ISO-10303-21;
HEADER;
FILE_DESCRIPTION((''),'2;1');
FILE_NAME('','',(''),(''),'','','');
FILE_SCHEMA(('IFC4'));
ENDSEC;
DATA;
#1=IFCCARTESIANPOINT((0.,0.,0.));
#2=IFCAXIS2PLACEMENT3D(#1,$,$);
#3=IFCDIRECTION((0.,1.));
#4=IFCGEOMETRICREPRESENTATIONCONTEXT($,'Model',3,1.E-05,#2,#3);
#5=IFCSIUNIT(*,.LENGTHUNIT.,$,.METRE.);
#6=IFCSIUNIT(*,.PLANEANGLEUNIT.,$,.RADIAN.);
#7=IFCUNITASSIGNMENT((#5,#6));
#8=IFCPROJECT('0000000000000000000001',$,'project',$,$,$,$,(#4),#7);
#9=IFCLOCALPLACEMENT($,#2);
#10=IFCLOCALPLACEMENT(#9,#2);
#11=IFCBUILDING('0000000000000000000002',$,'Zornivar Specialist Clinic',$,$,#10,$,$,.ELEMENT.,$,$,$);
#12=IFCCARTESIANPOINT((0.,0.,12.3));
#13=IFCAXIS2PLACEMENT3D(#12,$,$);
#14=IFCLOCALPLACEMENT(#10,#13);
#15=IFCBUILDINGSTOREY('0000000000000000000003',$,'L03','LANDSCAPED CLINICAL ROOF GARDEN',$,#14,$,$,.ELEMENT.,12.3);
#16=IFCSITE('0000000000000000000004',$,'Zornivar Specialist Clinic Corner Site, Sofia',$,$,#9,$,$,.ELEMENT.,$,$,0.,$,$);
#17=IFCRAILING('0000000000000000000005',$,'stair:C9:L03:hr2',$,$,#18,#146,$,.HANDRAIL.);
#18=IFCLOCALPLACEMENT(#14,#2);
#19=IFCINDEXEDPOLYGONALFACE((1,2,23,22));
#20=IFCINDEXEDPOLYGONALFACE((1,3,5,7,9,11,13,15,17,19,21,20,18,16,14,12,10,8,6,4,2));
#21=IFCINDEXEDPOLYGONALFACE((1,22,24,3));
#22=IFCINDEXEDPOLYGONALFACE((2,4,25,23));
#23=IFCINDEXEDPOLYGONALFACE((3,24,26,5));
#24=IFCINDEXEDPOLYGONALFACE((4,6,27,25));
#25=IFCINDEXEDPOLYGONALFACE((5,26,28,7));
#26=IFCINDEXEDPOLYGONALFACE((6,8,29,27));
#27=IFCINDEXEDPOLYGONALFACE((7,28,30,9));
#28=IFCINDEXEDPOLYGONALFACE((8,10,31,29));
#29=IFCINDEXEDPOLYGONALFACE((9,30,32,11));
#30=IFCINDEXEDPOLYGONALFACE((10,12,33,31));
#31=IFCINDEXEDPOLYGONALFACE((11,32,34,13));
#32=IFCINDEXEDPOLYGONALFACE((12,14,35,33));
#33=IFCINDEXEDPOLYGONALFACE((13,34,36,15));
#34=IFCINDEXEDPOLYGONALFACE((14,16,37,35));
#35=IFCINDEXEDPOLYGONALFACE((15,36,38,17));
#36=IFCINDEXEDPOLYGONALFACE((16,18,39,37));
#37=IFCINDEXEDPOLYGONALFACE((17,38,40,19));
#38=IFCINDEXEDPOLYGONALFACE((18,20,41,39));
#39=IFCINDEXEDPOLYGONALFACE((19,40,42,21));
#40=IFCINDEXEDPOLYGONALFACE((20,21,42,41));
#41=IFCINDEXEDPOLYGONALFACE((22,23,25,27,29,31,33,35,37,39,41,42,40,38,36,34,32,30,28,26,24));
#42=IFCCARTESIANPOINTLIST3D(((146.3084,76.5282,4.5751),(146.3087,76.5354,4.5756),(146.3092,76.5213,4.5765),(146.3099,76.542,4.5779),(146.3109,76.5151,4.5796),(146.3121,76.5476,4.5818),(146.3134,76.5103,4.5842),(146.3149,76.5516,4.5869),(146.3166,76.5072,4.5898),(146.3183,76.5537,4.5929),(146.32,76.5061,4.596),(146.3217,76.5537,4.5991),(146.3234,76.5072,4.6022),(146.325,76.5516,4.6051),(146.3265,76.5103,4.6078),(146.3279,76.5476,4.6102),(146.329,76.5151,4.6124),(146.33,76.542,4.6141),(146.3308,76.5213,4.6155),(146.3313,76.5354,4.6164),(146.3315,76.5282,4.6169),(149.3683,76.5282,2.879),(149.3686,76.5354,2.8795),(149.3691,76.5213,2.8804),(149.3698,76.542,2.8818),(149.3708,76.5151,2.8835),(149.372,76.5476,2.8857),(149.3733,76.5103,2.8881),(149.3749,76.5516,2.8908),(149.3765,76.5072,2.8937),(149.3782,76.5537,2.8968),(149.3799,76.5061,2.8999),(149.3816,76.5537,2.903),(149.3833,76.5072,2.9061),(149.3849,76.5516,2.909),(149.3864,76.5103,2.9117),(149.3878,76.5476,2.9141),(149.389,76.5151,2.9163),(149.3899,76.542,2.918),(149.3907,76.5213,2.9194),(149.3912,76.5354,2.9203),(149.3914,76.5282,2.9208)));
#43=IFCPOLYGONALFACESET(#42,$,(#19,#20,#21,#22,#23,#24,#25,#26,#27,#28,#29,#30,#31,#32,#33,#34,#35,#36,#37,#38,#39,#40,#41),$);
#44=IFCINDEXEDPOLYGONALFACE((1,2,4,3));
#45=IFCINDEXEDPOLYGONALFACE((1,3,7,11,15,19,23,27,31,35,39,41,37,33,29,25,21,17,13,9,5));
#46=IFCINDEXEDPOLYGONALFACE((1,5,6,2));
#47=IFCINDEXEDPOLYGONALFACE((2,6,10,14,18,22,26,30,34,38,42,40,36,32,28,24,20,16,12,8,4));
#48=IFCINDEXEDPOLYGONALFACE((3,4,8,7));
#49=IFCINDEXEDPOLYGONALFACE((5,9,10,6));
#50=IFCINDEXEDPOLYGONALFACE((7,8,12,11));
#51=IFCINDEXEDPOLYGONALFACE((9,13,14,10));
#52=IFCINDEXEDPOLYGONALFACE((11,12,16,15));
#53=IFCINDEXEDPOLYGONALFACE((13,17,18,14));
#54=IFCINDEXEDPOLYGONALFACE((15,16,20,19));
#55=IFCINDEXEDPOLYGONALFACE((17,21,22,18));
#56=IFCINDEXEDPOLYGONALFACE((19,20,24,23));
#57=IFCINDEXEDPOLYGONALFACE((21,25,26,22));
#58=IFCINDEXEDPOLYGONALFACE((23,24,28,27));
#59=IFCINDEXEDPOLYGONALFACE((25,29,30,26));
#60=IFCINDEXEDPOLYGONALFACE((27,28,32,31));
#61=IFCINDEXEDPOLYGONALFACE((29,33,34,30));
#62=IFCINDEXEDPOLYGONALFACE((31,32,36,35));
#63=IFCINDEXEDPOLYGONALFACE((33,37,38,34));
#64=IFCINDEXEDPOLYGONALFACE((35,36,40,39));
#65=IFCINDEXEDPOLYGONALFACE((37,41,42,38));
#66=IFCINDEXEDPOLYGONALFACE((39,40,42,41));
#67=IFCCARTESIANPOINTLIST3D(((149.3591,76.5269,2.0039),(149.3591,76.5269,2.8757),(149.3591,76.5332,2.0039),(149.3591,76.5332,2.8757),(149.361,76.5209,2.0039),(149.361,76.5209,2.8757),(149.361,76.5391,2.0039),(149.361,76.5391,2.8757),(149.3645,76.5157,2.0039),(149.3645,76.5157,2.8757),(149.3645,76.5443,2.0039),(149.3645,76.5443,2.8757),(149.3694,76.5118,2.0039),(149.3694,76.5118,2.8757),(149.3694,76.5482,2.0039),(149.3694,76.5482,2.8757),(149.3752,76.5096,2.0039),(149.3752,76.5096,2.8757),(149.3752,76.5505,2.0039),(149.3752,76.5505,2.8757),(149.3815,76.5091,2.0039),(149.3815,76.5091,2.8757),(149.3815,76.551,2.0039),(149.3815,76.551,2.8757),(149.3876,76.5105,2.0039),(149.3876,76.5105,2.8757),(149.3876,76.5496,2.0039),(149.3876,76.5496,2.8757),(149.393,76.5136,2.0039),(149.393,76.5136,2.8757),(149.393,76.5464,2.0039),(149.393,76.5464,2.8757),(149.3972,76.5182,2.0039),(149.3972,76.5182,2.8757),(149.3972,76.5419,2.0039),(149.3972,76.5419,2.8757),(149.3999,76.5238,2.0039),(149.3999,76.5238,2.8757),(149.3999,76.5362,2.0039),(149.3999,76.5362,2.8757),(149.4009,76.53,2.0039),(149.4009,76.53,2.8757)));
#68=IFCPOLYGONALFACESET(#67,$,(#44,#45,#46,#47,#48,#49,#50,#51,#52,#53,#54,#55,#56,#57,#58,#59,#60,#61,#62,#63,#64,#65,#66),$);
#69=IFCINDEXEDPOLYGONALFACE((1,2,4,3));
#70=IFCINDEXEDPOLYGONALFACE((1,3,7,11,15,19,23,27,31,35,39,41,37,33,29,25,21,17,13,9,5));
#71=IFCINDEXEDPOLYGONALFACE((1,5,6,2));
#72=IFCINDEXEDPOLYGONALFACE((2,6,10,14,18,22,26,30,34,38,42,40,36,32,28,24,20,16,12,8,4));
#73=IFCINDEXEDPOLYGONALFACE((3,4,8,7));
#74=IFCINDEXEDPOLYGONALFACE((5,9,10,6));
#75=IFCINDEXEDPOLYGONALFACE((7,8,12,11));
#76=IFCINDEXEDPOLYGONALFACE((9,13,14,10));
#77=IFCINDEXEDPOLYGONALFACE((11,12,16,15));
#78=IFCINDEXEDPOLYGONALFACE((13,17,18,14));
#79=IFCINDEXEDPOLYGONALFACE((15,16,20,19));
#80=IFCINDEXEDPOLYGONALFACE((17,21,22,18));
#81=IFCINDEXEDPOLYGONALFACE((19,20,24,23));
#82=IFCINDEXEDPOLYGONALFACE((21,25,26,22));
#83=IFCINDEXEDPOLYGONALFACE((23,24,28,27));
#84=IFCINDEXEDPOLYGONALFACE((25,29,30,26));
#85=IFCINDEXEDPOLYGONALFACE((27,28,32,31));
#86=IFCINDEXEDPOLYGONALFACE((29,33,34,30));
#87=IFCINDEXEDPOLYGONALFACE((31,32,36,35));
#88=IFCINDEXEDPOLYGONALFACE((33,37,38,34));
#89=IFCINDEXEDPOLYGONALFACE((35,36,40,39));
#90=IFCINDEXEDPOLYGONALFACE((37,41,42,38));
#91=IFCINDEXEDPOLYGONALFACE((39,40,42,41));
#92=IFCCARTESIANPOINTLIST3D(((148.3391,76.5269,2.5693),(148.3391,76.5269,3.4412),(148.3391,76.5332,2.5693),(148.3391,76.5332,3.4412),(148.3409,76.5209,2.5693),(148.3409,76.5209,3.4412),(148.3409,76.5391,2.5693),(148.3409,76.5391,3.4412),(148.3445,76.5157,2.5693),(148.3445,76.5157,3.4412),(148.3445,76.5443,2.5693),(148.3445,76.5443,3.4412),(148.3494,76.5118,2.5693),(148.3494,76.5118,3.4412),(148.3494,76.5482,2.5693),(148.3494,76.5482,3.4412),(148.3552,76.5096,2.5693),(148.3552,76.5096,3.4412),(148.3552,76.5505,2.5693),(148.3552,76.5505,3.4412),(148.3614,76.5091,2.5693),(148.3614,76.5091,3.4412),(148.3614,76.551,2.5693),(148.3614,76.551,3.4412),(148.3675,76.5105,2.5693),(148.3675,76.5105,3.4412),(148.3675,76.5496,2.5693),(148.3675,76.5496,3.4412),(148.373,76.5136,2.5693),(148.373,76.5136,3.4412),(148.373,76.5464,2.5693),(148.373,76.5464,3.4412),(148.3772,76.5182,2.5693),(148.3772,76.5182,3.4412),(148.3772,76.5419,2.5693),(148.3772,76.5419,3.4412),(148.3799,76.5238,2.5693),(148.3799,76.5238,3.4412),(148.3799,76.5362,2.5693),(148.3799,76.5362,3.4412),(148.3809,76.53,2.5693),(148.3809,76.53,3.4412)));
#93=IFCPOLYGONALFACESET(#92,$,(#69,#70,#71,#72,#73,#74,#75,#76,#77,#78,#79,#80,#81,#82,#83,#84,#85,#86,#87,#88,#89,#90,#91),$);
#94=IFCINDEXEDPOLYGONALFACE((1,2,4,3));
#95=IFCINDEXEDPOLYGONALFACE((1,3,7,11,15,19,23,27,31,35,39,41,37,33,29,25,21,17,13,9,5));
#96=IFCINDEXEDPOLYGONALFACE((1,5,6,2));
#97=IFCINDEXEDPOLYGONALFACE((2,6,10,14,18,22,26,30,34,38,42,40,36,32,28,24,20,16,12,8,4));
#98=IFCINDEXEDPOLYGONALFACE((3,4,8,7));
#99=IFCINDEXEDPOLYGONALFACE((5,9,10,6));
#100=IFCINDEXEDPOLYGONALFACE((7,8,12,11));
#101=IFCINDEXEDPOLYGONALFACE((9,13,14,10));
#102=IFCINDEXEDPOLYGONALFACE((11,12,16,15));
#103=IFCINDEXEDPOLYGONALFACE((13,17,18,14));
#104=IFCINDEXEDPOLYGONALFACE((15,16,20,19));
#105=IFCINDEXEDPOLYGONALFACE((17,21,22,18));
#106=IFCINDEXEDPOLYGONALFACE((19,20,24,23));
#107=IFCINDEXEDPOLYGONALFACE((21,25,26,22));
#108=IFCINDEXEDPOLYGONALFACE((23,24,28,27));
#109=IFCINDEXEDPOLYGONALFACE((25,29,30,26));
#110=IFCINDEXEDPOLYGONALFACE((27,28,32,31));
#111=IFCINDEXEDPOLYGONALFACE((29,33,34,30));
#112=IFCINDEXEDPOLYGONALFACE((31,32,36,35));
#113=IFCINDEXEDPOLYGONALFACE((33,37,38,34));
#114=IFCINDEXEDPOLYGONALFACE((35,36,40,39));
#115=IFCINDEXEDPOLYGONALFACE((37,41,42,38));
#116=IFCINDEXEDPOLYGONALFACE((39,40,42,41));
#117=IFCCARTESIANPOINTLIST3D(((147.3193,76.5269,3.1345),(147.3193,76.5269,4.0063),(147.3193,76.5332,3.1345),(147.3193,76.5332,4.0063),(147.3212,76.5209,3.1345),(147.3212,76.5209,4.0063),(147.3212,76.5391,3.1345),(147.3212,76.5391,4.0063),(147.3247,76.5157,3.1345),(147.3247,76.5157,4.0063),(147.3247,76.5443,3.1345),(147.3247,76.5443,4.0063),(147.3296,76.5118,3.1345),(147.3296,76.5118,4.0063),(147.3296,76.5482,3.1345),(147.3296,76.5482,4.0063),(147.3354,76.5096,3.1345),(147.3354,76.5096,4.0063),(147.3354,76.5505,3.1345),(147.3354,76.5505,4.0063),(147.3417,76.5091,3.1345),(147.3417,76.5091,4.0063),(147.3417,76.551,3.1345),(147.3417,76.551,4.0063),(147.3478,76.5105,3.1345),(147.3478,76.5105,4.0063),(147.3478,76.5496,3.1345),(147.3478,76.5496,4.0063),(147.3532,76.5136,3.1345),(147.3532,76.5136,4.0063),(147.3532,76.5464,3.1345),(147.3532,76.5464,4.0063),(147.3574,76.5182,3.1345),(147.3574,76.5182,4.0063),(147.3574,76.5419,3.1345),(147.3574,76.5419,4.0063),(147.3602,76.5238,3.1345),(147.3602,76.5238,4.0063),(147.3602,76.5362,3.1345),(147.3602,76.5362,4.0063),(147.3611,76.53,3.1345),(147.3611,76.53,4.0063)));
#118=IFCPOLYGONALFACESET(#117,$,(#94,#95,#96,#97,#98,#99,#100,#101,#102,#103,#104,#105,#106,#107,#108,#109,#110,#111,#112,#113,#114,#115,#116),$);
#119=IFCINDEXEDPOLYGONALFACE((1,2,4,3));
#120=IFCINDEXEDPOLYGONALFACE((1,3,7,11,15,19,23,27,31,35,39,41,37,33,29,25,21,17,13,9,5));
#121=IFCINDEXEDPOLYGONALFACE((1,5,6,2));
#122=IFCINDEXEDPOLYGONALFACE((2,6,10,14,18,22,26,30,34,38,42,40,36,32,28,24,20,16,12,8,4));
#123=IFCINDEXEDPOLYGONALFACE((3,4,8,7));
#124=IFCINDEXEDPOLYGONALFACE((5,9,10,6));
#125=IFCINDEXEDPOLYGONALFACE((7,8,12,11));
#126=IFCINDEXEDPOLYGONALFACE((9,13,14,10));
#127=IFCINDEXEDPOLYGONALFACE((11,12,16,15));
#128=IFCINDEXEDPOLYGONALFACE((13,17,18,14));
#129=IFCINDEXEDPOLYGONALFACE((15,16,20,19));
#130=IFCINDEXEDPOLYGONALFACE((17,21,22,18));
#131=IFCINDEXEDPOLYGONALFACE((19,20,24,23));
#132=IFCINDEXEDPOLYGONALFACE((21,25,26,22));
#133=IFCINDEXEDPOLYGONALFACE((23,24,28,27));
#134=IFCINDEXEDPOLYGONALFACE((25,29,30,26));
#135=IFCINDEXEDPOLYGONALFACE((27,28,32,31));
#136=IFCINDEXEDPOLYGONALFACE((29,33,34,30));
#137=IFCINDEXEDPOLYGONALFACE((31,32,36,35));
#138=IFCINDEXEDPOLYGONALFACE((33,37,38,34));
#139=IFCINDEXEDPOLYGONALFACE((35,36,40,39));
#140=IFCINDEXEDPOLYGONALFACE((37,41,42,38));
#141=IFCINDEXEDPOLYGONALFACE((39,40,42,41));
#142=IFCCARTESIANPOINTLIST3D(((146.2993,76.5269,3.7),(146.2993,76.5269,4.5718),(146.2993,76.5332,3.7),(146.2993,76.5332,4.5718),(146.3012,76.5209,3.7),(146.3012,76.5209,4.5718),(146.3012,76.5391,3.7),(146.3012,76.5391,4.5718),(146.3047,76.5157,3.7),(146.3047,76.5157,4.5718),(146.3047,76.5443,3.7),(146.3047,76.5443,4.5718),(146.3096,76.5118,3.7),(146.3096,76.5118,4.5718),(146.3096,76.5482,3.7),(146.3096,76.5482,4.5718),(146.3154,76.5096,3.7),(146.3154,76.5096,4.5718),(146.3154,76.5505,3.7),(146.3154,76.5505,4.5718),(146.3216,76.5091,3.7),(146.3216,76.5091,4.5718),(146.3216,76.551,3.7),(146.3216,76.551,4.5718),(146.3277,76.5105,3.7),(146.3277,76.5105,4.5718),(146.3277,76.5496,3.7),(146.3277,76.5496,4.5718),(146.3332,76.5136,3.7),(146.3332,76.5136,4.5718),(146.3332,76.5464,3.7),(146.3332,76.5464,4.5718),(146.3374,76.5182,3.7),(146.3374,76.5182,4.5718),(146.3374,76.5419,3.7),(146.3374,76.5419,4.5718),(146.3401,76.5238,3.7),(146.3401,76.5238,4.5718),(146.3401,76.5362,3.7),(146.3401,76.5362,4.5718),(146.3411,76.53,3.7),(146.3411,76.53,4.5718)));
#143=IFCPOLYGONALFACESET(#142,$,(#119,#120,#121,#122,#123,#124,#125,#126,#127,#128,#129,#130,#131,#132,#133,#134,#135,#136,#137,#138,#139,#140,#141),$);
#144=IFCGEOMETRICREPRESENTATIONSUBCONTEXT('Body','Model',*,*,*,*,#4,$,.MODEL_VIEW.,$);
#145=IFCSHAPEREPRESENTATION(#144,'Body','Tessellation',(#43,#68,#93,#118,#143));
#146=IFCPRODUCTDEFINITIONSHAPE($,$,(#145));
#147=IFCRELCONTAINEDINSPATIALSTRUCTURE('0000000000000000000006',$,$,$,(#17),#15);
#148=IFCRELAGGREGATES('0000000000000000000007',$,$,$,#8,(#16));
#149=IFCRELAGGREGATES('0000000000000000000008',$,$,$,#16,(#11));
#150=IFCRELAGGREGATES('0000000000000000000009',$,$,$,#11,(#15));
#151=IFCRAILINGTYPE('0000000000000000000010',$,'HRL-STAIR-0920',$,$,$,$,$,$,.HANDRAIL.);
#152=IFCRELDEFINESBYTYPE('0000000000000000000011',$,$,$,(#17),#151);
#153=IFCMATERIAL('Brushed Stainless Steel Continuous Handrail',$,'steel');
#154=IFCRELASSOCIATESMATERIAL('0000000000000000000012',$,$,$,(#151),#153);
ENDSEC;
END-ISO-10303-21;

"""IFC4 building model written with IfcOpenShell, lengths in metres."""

from ifc_helpers import new_model, si_unit, direction, frame, origin, origin_2d, place, context, subcontext, project, spatial, circle, extrude, material, type_object, element, save


model = new_model("IFC4")

# Units and contexts
model_context = context("Model", 3, precision=1e-05, world=origin(), true_north=direction((0.0, 1.0)))
body_context = subcontext(model_context, "Body", "Model", "MODEL_VIEW")
ifc_project = project(units=[si_unit("LENGTHUNIT", "METRE"), si_unit("PLANEANGLEUNIT", "RADIAN")], contexts=[model_context])

# Site, building, storey
site_placement = place(None, origin())
site = spatial("IfcSite", under=ifc_project, at=site_placement, Name="Zornivar Specialist Clinic Corner Site, Sofia", CompositionType="ELEMENT", RefElevation=0.0)
building_placement = place(site_placement, origin())
building = spatial("IfcBuilding", under=site, at=building_placement, Name="Zornivar Specialist Clinic", CompositionType="ELEMENT")
storey_placement = place(building_placement, frame((0.0, 0.0, 12.3)))
storey = spatial("IfcBuildingStorey", under=building, at=storey_placement, Name="L03", Description="LANDSCAPED CLINICAL ROOF GARDEN", CompositionType="ELEMENT", Elevation=12.3)

# Railing
ifc_material_1 = material(Name="Brushed Stainless Steel Continuous Handrail", Category="steel")
railing_type_1 = type_object("IfcRailingType", Name="HRL-STAIR-0920", PredefinedType="HANDRAIL", material=ifc_material_1)
railing_1_placement = place(storey_placement, frame((149.3799, 76.53, 2.0039)))
element("IfcRailing", 1, at=railing_1_placement, inside=storey, type_object=railing_type_1, Name="stair:C9:L03:hr2", PredefinedType="HANDRAIL", context=body_context, shape_type="SweptSolid", body=[
    extrude(circle(Radius=0.0239, at=origin_2d()), frame((0.0, 0.0, 0.896), z_axis=(-0.874624, 0.0, 0.484801), x_axis=(0.0, -1.0, 0.0)), (0.0, 0.0, 1.0), 3.4985),
    extrude(circle(Radius=0.021, at=origin_2d()), origin(), (0.0, 0.0, 1.0), 0.8718),
    extrude(circle(Radius=0.021, at=origin_2d()), frame((-1.02, 0.0, 0.5654)), (0.0, 0.0, 1.0), 0.8718),
    extrude(circle(Radius=0.021, at=origin_2d()), frame((-2.0398, 0.0, 1.1306)), (0.0, 0.0, 1.0), 0.8718),
    extrude(circle(Radius=0.021, at=origin_2d()), frame((-3.0598, 0.0, 1.696)), (0.0, 0.0, 1.0), 0.8718),
])

save(model, "model.ifc")
